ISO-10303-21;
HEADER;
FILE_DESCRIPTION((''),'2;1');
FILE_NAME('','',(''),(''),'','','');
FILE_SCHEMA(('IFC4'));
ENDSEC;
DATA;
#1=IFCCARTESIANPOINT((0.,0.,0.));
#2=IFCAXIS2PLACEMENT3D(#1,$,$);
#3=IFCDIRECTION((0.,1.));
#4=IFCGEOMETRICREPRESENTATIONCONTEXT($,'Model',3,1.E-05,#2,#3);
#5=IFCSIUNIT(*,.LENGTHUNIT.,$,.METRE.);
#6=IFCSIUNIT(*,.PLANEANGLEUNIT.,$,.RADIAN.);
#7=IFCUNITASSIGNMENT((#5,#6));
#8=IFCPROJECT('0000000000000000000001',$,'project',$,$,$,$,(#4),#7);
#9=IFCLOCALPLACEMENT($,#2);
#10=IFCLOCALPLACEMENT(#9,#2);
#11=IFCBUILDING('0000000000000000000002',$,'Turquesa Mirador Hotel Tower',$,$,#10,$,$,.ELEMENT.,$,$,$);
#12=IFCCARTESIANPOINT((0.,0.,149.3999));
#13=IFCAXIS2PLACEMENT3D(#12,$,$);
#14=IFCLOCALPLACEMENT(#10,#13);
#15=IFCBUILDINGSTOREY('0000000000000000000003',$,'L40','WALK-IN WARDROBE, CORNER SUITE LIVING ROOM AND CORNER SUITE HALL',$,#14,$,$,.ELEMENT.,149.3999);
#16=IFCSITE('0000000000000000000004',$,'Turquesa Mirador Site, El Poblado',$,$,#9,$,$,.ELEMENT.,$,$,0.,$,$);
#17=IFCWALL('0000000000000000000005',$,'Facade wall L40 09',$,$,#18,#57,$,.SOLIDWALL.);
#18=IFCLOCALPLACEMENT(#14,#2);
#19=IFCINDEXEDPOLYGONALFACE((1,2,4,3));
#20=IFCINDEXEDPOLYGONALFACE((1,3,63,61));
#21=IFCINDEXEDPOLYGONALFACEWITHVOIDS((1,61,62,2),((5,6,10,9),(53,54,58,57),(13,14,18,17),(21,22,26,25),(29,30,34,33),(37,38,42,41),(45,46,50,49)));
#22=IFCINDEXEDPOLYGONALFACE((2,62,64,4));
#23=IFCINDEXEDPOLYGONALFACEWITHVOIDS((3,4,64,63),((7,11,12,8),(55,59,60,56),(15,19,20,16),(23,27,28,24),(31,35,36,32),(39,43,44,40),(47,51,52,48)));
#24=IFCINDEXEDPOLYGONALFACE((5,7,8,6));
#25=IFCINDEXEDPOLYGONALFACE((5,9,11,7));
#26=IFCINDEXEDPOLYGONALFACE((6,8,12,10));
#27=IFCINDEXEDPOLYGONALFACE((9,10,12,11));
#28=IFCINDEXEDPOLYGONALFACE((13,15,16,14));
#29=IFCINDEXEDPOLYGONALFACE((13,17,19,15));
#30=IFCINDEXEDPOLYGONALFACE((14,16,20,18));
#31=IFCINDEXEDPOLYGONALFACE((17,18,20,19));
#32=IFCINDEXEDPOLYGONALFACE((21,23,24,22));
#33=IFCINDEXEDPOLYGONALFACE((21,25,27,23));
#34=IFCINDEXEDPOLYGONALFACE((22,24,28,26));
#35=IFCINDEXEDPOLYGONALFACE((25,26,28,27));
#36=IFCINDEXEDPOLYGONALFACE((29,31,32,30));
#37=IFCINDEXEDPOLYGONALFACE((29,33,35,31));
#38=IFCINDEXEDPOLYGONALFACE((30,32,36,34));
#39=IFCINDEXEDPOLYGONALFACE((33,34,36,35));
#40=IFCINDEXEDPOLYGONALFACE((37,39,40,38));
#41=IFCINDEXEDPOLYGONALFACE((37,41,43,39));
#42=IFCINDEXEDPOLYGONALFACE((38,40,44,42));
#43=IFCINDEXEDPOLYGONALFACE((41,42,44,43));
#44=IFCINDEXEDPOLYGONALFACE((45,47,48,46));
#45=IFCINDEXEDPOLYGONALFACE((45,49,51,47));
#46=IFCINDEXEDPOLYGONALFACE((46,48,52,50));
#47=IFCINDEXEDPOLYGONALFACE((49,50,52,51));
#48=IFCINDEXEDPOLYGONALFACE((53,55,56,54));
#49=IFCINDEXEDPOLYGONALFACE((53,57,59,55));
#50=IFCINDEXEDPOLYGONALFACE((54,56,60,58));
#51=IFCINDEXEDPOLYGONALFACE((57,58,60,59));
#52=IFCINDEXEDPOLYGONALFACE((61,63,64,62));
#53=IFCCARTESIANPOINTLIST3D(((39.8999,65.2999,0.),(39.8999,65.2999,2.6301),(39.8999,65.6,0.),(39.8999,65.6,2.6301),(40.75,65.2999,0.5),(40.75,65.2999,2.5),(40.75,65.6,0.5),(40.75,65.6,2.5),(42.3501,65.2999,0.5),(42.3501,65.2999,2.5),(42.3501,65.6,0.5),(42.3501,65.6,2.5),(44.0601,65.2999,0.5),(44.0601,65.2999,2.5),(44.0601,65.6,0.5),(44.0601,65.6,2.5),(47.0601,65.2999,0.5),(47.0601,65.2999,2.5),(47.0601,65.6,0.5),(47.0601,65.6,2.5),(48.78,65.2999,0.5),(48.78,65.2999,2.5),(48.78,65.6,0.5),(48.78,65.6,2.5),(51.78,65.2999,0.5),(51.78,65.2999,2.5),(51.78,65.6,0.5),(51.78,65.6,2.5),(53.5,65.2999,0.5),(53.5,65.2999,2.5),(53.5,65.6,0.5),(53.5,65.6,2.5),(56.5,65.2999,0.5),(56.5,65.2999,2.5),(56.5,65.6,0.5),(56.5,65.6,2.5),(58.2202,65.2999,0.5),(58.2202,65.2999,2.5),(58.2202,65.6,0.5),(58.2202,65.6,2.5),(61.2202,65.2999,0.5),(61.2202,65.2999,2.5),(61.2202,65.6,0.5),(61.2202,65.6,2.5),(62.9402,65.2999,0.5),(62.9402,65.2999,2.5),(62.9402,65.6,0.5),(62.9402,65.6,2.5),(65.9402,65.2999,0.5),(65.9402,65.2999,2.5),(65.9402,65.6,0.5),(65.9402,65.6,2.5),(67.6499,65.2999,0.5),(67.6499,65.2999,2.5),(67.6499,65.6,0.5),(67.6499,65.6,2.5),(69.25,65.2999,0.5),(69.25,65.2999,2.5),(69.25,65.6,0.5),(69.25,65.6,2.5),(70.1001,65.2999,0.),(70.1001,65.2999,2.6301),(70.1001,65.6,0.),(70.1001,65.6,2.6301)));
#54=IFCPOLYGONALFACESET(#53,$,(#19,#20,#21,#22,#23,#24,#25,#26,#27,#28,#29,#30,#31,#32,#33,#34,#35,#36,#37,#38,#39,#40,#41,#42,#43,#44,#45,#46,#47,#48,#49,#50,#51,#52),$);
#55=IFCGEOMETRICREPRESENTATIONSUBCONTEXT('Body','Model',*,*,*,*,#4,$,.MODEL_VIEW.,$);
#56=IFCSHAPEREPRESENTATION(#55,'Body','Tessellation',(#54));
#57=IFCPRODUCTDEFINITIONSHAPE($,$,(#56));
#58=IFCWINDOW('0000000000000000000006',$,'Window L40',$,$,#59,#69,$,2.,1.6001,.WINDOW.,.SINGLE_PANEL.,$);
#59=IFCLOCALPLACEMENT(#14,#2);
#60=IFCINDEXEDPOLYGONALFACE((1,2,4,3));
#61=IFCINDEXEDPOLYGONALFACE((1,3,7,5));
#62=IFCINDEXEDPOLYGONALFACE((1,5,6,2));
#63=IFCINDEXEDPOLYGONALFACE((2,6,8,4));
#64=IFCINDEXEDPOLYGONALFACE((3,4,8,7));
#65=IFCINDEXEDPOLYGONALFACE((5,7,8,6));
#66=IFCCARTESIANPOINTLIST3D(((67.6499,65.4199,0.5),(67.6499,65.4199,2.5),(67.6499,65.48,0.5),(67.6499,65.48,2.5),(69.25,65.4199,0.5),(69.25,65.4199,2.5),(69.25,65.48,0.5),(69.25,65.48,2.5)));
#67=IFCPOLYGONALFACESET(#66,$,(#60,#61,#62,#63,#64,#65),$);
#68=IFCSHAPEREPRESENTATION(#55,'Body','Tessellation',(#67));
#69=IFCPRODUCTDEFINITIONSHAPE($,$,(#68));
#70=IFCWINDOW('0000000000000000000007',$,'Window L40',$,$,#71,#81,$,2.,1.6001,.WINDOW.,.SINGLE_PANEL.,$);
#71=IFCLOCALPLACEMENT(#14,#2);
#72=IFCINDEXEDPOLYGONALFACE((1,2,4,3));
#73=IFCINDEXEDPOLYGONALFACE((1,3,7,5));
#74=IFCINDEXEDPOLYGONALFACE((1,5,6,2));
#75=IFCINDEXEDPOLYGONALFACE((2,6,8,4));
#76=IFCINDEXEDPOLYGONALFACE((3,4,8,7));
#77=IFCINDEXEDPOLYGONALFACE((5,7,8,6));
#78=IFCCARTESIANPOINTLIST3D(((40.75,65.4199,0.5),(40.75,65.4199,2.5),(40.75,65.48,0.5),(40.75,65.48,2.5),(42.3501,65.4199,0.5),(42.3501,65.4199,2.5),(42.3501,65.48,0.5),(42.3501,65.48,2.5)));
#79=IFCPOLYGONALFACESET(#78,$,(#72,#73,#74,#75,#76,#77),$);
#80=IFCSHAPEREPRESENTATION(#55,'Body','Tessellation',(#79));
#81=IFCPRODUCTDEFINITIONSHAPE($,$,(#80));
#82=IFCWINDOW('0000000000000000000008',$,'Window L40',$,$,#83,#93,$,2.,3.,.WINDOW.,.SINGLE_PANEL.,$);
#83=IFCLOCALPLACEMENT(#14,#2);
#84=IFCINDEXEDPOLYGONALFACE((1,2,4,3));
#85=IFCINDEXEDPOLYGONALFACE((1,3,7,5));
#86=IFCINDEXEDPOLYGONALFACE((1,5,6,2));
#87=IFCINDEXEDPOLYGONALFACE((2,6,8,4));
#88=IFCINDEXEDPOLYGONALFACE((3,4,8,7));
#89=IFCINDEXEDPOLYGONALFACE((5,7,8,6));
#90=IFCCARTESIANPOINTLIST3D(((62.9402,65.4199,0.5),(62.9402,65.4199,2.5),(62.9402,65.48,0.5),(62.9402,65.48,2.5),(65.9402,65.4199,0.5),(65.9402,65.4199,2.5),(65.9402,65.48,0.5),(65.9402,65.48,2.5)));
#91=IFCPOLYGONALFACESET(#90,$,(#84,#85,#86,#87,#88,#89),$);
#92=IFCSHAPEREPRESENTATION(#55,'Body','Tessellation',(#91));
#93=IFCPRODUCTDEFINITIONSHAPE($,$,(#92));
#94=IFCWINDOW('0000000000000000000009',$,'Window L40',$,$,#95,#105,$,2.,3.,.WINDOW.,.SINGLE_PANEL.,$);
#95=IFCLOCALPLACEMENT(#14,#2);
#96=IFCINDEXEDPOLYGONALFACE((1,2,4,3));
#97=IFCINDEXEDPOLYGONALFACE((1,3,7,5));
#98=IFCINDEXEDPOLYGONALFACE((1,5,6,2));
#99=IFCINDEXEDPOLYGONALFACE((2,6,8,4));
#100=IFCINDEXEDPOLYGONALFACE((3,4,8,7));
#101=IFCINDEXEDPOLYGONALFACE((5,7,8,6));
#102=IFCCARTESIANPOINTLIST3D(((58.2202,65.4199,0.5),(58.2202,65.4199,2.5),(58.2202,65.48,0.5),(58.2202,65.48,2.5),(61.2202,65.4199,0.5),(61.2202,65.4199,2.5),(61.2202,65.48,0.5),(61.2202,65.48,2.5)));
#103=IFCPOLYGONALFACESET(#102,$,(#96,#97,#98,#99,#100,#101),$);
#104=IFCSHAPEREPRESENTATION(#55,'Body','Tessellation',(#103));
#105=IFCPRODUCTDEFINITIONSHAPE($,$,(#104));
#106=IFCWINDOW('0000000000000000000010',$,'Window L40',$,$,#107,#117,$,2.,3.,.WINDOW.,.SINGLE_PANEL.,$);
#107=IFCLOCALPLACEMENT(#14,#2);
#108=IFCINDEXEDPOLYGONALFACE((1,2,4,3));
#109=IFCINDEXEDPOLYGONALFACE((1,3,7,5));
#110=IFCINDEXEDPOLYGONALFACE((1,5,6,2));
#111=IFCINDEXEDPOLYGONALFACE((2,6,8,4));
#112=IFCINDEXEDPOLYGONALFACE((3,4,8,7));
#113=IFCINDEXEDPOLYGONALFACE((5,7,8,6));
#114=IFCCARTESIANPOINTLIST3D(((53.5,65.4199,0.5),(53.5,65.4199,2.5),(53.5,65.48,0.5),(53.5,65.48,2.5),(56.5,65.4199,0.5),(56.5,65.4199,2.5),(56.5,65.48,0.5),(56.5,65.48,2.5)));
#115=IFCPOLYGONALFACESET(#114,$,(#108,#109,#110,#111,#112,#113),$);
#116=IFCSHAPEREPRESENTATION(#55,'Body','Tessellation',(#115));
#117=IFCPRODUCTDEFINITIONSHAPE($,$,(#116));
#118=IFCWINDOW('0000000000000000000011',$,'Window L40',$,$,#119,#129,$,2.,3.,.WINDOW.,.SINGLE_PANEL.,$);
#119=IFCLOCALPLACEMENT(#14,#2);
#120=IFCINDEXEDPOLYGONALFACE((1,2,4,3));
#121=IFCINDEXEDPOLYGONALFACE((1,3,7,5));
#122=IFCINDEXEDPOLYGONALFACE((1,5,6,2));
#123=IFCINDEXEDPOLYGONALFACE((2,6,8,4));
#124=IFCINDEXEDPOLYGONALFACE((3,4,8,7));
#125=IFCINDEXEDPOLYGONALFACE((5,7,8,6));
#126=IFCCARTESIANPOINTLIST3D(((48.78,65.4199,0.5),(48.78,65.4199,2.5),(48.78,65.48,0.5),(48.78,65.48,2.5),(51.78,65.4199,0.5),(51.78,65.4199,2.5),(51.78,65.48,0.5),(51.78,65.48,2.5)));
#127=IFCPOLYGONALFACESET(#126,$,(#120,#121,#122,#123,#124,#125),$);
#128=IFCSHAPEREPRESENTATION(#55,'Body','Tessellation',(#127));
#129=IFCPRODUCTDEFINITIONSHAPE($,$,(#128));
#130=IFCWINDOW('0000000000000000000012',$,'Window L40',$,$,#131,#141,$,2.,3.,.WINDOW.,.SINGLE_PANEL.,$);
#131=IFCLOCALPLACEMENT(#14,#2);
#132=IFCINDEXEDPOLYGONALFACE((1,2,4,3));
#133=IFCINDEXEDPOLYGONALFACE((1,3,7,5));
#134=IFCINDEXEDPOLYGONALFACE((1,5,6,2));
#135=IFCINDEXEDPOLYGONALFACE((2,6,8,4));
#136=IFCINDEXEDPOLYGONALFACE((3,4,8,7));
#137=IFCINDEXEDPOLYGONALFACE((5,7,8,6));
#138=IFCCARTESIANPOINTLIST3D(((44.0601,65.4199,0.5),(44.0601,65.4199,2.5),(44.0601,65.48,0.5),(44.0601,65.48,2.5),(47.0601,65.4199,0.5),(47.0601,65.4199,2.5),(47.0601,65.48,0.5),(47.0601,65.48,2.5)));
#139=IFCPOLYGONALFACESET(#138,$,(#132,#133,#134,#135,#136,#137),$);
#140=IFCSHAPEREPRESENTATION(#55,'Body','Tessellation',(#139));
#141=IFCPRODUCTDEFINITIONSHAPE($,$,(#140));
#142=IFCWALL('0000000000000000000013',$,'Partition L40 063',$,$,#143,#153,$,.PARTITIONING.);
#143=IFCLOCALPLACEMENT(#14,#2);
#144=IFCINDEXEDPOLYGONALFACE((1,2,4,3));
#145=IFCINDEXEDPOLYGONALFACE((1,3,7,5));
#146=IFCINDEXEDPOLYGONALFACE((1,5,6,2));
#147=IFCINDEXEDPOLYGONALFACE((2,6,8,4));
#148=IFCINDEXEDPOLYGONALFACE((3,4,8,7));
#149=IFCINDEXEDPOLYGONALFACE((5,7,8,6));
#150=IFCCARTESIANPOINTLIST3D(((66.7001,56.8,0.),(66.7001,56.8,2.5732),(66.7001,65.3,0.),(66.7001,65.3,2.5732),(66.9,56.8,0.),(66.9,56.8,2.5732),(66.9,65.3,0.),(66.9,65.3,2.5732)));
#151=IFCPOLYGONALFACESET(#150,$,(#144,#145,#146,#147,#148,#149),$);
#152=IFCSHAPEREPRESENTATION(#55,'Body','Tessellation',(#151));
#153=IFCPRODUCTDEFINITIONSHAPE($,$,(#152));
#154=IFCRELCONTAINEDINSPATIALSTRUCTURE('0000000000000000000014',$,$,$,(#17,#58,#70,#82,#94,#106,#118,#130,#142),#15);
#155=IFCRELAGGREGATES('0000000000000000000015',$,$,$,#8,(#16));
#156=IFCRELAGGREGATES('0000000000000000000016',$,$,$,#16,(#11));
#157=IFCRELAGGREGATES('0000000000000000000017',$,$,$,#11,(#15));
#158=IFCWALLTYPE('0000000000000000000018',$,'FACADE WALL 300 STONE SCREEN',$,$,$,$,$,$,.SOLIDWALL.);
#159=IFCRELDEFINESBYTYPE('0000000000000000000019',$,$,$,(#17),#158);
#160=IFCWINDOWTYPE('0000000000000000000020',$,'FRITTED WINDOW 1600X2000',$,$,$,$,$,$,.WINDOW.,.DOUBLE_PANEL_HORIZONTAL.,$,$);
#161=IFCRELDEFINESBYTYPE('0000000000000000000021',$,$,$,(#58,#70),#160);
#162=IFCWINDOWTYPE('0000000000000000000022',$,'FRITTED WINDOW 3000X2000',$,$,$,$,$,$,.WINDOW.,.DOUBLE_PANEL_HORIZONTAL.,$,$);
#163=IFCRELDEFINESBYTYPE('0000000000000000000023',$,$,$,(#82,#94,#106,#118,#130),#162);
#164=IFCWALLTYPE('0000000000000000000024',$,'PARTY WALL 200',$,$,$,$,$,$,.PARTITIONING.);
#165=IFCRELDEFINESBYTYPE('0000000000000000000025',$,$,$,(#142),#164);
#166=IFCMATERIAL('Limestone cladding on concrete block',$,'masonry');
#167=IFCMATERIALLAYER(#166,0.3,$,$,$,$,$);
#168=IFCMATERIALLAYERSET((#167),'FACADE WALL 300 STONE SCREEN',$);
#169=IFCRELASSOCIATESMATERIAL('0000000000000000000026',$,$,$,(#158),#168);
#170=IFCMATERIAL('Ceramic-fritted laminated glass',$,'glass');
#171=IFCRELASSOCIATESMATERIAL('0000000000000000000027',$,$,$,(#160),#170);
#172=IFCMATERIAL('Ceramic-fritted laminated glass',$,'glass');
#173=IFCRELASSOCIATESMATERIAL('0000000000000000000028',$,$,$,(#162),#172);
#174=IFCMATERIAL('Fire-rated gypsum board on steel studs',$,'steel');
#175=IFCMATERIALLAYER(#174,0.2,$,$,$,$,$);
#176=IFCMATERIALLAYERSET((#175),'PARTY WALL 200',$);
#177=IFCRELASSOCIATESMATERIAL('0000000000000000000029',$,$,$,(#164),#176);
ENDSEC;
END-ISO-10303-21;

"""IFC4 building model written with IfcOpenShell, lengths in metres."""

from ifc_helpers import new_model, si_unit, direction, frame, frame_2d, origin, place, context, subcontext, project, spatial, rectangle, extrude, material, layer, layer_set, type_object, element, fill, save


model = new_model("IFC4")

# Units and contexts
model_context = context("Model", 3, precision=1e-05, world=origin(), true_north=direction((0.0, 1.0)))
body_context = subcontext(model_context, "Body", "Model", "MODEL_VIEW")
ifc_project = project(units=[si_unit("LENGTHUNIT", "METRE"), si_unit("PLANEANGLEUNIT", "RADIAN")], contexts=[model_context])

# Site, building, storey
site_placement = place(None, origin())
site = spatial("IfcSite", under=ifc_project, at=site_placement, Name="Turquesa Mirador Site, El Poblado", CompositionType="ELEMENT", RefElevation=0.0)
building_placement = place(site_placement, origin())
building = spatial("IfcBuilding", under=site, at=building_placement, Name="Turquesa Mirador Hotel Tower", CompositionType="ELEMENT")
storey_placement = place(building_placement, frame((0.0, 0.0, 149.3999)))
storey = spatial("IfcBuildingStorey", under=building, at=storey_placement, Name="L40", Description="WALK-IN WARDROBE, CORNER SUITE LIVING ROOM AND CORNER SUITE HALL", CompositionType="ELEMENT", Elevation=149.3999)

# Shared definitions
ifc_material_1 = material(Name="Limestone cladding on concrete block", Category="masonry")
ifc_layer_1 = layer(ifc_material_1, 0.3)
ifc_layer_set_1 = layer_set([ifc_layer_1], Name="FACADE WALL 300 STONE SCREEN")
wall_type_1 = type_object("IfcWallType", Name="FACADE WALL 300 STONE SCREEN", PredefinedType="SOLIDWALL", material=ifc_layer_set_1)

# Wall, openings, windows
wall_1_placement = place(storey_placement, frame((70.1001, 65.45, 0.0), z_axis=(0.0, 0.0, 1.0), x_axis=(-1.0, 0.0, 0.0)))
wall_1 = element("IfcWall", 1, at=wall_1_placement, inside=storey, type_object=wall_type_1, Name="Facade wall L40 09", PredefinedType="SOLIDWALL", context=body_context, shape_type="SweptSolid", body=[
    extrude(rectangle(XDim=30.2002, YDim=0.3, at=frame_2d((15.1001, 0.0))), origin(), (0.0, 0.0, 1.0), 2.6301),
])
opening_1_placement = place(wall_1_placement, frame((0.8501, 0.0, 0.5)))
opening_1 = element("IfcOpeningElement", 2, at=opening_1_placement, cuts=wall_1, PredefinedType="OPENING", context=body_context, shape_type="SweptSolid", body=[
    extrude(rectangle(XDim=1.6001, YDim=2.0, at=frame_2d((0.8, 1.0))), frame((0.0, 0.1599, 0.0), z_axis=(0.0, -1.0, 0.0), x_axis=(1.0, 0.0, 0.0)), (0.0, 0.0, 1.0), 0.3201),
])
opening_2_placement = place(wall_1_placement, frame((4.1599, 0.0, 0.5)))
opening_2 = element("IfcOpeningElement", 3, at=opening_2_placement, cuts=wall_1, PredefinedType="OPENING", context=body_context, shape_type="SweptSolid", body=[
    extrude(rectangle(XDim=3.0, YDim=2.0, at=frame_2d((1.5, 1.0))), frame((0.0, 0.1599, 0.0), z_axis=(0.0, -1.0, 0.0), x_axis=(1.0, 0.0, 0.0)), (0.0, 0.0, 1.0), 0.3201),
])
opening_3_placement = place(wall_1_placement, frame((8.8799, 0.0, 0.5)))
opening_3 = element("IfcOpeningElement", 4, at=opening_3_placement, cuts=wall_1, PredefinedType="OPENING", context=body_context, shape_type="SweptSolid", body=[
    extrude(rectangle(XDim=3.0, YDim=2.0, at=frame_2d((1.5, 1.0))), frame((0.0, 0.1599, 0.0), z_axis=(0.0, -1.0, 0.0), x_axis=(1.0, 0.0, 0.0)), (0.0, 0.0, 1.0), 0.3201),
])
opening_4_placement = place(wall_1_placement, frame((13.6001, 0.0, 0.5)))
opening_4 = element("IfcOpeningElement", 5, at=opening_4_placement, cuts=wall_1, PredefinedType="OPENING", context=body_context, shape_type="SweptSolid", body=[
    extrude(rectangle(XDim=3.0, YDim=2.0, at=frame_2d((1.5, 1.0))), frame((0.0, 0.1599, 0.0), z_axis=(0.0, -1.0, 0.0), x_axis=(1.0, 0.0, 0.0)), (0.0, 0.0, 1.0), 0.3201),
])
opening_5_placement = place(wall_1_placement, frame((18.3201, 0.0, 0.5)))
opening_5 = element("IfcOpeningElement", 6, at=opening_5_placement, cuts=wall_1, PredefinedType="OPENING", context=body_context, shape_type="SweptSolid", body=[
    extrude(rectangle(XDim=3.0, YDim=2.0, at=frame_2d((1.5, 1.0))), frame((0.0, 0.1599, 0.0), z_axis=(0.0, -1.0, 0.0), x_axis=(1.0, 0.0, 0.0)), (0.0, 0.0, 1.0), 0.3201),
])
opening_6_placement = place(wall_1_placement, frame((23.04, 0.0, 0.5)))
opening_6 = element("IfcOpeningElement", 7, at=opening_6_placement, cuts=wall_1, PredefinedType="OPENING", context=body_context, shape_type="SweptSolid", body=[
    extrude(rectangle(XDim=3.0, YDim=2.0, at=frame_2d((1.5, 1.0))), frame((0.0, 0.1599, 0.0), z_axis=(0.0, -1.0, 0.0), x_axis=(1.0, 0.0, 0.0)), (0.0, 0.0, 1.0), 0.3201),
])
opening_7_placement = place(wall_1_placement, frame((27.75, 0.0, 0.5)))
opening_7 = element("IfcOpeningElement", 8, at=opening_7_placement, cuts=wall_1, PredefinedType="OPENING", context=body_context, shape_type="SweptSolid", body=[
    extrude(rectangle(XDim=1.6001, YDim=2.0, at=frame_2d((0.8, 1.0))), frame((0.0, 0.1599, 0.0), z_axis=(0.0, -1.0, 0.0), x_axis=(1.0, 0.0, 0.0)), (0.0, 0.0, 1.0), 0.3201),
])
ifc_material_2 = material(Name="Ceramic-fritted laminated glass", Category="glass")
window_type_1 = type_object("IfcWindowType", Name="FRITTED WINDOW 1600X2000", PartitioningType="DOUBLE_PANEL_HORIZONTAL", PredefinedType="WINDOW", material=ifc_material_2)
window_1_placement = place(opening_1_placement, origin())
window_1 = element("IfcWindow", 9, at=window_1_placement, inside=storey, type_object=window_type_1, Name="Window L40", OverallHeight=2.0, OverallWidth=1.6001, PartitioningType="SINGLE_PANEL", PredefinedType="WINDOW", context=body_context, shape_type="SweptSolid", body=[
    extrude(rectangle(XDim=1.6001, YDim=2.0, at=frame_2d((0.8, 1.0))), frame((0.0, 0.03, 0.0), z_axis=(0.0, -1.0, 0.0), x_axis=(1.0, 0.0, 0.0)), (0.0, 0.0, 1.0), 0.0601),
])
fill(opening_1, window_1)
window_2_placement = place(opening_7_placement, origin())
window_2 = element("IfcWindow", 10, at=window_2_placement, inside=storey, type_object=window_type_1, Name="Window L40", OverallHeight=2.0, OverallWidth=1.6001, PartitioningType="SINGLE_PANEL", PredefinedType="WINDOW", context=body_context, shape_type="SweptSolid", body=[
    extrude(rectangle(XDim=1.6001, YDim=2.0, at=frame_2d((0.8, 1.0))), frame((0.0, 0.03, 0.0), z_axis=(0.0, -1.0, 0.0), x_axis=(1.0, 0.0, 0.0)), (0.0, 0.0, 1.0), 0.0601),
])
fill(opening_7, window_2)
ifc_material_3 = material(Name="Ceramic-fritted laminated glass", Category="glass")
window_type_2 = type_object("IfcWindowType", Name="FRITTED WINDOW 3000X2000", PartitioningType="DOUBLE_PANEL_HORIZONTAL", PredefinedType="WINDOW", material=ifc_material_3)
window_3_placement = place(opening_2_placement, origin())
window_3 = element("IfcWindow", 11, at=window_3_placement, inside=storey, type_object=window_type_2, Name="Window L40", OverallHeight=2.0, OverallWidth=3.0, PartitioningType="SINGLE_PANEL", PredefinedType="WINDOW", context=body_context, shape_type="SweptSolid", body=[
    extrude(rectangle(XDim=3.0, YDim=2.0, at=frame_2d((1.5, 1.0))), frame((0.0, 0.03, 0.0), z_axis=(0.0, -1.0, 0.0), x_axis=(1.0, 0.0, 0.0)), (0.0, 0.0, 1.0), 0.0601),
])
fill(opening_2, window_3)
window_4_placement = place(opening_3_placement, origin())
window_4 = element("IfcWindow", 12, at=window_4_placement, inside=storey, type_object=window_type_2, Name="Window L40", OverallHeight=2.0, OverallWidth=3.0, PartitioningType="SINGLE_PANEL", PredefinedType="WINDOW", context=body_context, shape_type="SweptSolid", body=[
    extrude(rectangle(XDim=3.0, YDim=2.0, at=frame_2d((1.5, 1.0))), frame((0.0, 0.03, 0.0), z_axis=(0.0, -1.0, 0.0), x_axis=(1.0, 0.0, 0.0)), (0.0, 0.0, 1.0), 0.0601),
])
fill(opening_3, window_4)
window_5_placement = place(opening_4_placement, origin())
window_5 = element("IfcWindow", 13, at=window_5_placement, inside=storey, type_object=window_type_2, Name="Window L40", OverallHeight=2.0, OverallWidth=3.0, PartitioningType="SINGLE_PANEL", PredefinedType="WINDOW", context=body_context, shape_type="SweptSolid", body=[
    extrude(rectangle(XDim=3.0, YDim=2.0, at=frame_2d((1.5, 1.0))), frame((0.0, 0.03, 0.0), z_axis=(0.0, -1.0, 0.0), x_axis=(1.0, 0.0, 0.0)), (0.0, 0.0, 1.0), 0.0601),
])
fill(opening_4, window_5)
window_6_placement = place(opening_5_placement, origin())
window_6 = element("IfcWindow", 14, at=window_6_placement, inside=storey, type_object=window_type_2, Name="Window L40", OverallHeight=2.0, OverallWidth=3.0, PartitioningType="SINGLE_PANEL", PredefinedType="WINDOW", context=body_context, shape_type="SweptSolid", body=[
    extrude(rectangle(XDim=3.0, YDim=2.0, at=frame_2d((1.5, 1.0))), frame((0.0, 0.03, 0.0), z_axis=(0.0, -1.0, 0.0), x_axis=(1.0, 0.0, 0.0)), (0.0, 0.0, 1.0), 0.0601),
])
fill(opening_5, window_6)
window_7_placement = place(opening_6_placement, origin())
window_7 = element("IfcWindow", 15, at=window_7_placement, inside=storey, type_object=window_type_2, Name="Window L40", OverallHeight=2.0, OverallWidth=3.0, PartitioningType="SINGLE_PANEL", PredefinedType="WINDOW", context=body_context, shape_type="SweptSolid", body=[
    extrude(rectangle(XDim=3.0, YDim=2.0, at=frame_2d((1.5, 1.0))), frame((0.0, 0.03, 0.0), z_axis=(0.0, -1.0, 0.0), x_axis=(1.0, 0.0, 0.0)), (0.0, 0.0, 1.0), 0.0601),
])
fill(opening_6, window_7)

# Wall
ifc_material_4 = material(Name="Fire-rated gypsum board on steel studs", Category="steel")
ifc_layer_2 = layer(ifc_material_4, 0.2)
ifc_layer_set_2 = layer_set([ifc_layer_2], Name="PARTY WALL 200")
wall_type_2 = type_object("IfcWallType", Name="PARTY WALL 200", PredefinedType="PARTITIONING", material=ifc_layer_set_2)
wall_2_placement = place(storey_placement, frame((66.8, 56.8, 0.0), z_axis=(0.0, 0.0, 1.0), x_axis=(0.0, 1.0, 0.0)))
element("IfcWall", 16, at=wall_2_placement, inside=storey, type_object=wall_type_2, Name="Partition L40 063", PredefinedType="PARTITIONING", context=body_context, shape_type="SweptSolid", body=[
    extrude(rectangle(XDim=8.5, YDim=0.2, at=frame_2d((4.25, 0.0))), origin(), (0.0, 0.0, 1.0), 2.5732),
])

save(model, "model.ifc")
